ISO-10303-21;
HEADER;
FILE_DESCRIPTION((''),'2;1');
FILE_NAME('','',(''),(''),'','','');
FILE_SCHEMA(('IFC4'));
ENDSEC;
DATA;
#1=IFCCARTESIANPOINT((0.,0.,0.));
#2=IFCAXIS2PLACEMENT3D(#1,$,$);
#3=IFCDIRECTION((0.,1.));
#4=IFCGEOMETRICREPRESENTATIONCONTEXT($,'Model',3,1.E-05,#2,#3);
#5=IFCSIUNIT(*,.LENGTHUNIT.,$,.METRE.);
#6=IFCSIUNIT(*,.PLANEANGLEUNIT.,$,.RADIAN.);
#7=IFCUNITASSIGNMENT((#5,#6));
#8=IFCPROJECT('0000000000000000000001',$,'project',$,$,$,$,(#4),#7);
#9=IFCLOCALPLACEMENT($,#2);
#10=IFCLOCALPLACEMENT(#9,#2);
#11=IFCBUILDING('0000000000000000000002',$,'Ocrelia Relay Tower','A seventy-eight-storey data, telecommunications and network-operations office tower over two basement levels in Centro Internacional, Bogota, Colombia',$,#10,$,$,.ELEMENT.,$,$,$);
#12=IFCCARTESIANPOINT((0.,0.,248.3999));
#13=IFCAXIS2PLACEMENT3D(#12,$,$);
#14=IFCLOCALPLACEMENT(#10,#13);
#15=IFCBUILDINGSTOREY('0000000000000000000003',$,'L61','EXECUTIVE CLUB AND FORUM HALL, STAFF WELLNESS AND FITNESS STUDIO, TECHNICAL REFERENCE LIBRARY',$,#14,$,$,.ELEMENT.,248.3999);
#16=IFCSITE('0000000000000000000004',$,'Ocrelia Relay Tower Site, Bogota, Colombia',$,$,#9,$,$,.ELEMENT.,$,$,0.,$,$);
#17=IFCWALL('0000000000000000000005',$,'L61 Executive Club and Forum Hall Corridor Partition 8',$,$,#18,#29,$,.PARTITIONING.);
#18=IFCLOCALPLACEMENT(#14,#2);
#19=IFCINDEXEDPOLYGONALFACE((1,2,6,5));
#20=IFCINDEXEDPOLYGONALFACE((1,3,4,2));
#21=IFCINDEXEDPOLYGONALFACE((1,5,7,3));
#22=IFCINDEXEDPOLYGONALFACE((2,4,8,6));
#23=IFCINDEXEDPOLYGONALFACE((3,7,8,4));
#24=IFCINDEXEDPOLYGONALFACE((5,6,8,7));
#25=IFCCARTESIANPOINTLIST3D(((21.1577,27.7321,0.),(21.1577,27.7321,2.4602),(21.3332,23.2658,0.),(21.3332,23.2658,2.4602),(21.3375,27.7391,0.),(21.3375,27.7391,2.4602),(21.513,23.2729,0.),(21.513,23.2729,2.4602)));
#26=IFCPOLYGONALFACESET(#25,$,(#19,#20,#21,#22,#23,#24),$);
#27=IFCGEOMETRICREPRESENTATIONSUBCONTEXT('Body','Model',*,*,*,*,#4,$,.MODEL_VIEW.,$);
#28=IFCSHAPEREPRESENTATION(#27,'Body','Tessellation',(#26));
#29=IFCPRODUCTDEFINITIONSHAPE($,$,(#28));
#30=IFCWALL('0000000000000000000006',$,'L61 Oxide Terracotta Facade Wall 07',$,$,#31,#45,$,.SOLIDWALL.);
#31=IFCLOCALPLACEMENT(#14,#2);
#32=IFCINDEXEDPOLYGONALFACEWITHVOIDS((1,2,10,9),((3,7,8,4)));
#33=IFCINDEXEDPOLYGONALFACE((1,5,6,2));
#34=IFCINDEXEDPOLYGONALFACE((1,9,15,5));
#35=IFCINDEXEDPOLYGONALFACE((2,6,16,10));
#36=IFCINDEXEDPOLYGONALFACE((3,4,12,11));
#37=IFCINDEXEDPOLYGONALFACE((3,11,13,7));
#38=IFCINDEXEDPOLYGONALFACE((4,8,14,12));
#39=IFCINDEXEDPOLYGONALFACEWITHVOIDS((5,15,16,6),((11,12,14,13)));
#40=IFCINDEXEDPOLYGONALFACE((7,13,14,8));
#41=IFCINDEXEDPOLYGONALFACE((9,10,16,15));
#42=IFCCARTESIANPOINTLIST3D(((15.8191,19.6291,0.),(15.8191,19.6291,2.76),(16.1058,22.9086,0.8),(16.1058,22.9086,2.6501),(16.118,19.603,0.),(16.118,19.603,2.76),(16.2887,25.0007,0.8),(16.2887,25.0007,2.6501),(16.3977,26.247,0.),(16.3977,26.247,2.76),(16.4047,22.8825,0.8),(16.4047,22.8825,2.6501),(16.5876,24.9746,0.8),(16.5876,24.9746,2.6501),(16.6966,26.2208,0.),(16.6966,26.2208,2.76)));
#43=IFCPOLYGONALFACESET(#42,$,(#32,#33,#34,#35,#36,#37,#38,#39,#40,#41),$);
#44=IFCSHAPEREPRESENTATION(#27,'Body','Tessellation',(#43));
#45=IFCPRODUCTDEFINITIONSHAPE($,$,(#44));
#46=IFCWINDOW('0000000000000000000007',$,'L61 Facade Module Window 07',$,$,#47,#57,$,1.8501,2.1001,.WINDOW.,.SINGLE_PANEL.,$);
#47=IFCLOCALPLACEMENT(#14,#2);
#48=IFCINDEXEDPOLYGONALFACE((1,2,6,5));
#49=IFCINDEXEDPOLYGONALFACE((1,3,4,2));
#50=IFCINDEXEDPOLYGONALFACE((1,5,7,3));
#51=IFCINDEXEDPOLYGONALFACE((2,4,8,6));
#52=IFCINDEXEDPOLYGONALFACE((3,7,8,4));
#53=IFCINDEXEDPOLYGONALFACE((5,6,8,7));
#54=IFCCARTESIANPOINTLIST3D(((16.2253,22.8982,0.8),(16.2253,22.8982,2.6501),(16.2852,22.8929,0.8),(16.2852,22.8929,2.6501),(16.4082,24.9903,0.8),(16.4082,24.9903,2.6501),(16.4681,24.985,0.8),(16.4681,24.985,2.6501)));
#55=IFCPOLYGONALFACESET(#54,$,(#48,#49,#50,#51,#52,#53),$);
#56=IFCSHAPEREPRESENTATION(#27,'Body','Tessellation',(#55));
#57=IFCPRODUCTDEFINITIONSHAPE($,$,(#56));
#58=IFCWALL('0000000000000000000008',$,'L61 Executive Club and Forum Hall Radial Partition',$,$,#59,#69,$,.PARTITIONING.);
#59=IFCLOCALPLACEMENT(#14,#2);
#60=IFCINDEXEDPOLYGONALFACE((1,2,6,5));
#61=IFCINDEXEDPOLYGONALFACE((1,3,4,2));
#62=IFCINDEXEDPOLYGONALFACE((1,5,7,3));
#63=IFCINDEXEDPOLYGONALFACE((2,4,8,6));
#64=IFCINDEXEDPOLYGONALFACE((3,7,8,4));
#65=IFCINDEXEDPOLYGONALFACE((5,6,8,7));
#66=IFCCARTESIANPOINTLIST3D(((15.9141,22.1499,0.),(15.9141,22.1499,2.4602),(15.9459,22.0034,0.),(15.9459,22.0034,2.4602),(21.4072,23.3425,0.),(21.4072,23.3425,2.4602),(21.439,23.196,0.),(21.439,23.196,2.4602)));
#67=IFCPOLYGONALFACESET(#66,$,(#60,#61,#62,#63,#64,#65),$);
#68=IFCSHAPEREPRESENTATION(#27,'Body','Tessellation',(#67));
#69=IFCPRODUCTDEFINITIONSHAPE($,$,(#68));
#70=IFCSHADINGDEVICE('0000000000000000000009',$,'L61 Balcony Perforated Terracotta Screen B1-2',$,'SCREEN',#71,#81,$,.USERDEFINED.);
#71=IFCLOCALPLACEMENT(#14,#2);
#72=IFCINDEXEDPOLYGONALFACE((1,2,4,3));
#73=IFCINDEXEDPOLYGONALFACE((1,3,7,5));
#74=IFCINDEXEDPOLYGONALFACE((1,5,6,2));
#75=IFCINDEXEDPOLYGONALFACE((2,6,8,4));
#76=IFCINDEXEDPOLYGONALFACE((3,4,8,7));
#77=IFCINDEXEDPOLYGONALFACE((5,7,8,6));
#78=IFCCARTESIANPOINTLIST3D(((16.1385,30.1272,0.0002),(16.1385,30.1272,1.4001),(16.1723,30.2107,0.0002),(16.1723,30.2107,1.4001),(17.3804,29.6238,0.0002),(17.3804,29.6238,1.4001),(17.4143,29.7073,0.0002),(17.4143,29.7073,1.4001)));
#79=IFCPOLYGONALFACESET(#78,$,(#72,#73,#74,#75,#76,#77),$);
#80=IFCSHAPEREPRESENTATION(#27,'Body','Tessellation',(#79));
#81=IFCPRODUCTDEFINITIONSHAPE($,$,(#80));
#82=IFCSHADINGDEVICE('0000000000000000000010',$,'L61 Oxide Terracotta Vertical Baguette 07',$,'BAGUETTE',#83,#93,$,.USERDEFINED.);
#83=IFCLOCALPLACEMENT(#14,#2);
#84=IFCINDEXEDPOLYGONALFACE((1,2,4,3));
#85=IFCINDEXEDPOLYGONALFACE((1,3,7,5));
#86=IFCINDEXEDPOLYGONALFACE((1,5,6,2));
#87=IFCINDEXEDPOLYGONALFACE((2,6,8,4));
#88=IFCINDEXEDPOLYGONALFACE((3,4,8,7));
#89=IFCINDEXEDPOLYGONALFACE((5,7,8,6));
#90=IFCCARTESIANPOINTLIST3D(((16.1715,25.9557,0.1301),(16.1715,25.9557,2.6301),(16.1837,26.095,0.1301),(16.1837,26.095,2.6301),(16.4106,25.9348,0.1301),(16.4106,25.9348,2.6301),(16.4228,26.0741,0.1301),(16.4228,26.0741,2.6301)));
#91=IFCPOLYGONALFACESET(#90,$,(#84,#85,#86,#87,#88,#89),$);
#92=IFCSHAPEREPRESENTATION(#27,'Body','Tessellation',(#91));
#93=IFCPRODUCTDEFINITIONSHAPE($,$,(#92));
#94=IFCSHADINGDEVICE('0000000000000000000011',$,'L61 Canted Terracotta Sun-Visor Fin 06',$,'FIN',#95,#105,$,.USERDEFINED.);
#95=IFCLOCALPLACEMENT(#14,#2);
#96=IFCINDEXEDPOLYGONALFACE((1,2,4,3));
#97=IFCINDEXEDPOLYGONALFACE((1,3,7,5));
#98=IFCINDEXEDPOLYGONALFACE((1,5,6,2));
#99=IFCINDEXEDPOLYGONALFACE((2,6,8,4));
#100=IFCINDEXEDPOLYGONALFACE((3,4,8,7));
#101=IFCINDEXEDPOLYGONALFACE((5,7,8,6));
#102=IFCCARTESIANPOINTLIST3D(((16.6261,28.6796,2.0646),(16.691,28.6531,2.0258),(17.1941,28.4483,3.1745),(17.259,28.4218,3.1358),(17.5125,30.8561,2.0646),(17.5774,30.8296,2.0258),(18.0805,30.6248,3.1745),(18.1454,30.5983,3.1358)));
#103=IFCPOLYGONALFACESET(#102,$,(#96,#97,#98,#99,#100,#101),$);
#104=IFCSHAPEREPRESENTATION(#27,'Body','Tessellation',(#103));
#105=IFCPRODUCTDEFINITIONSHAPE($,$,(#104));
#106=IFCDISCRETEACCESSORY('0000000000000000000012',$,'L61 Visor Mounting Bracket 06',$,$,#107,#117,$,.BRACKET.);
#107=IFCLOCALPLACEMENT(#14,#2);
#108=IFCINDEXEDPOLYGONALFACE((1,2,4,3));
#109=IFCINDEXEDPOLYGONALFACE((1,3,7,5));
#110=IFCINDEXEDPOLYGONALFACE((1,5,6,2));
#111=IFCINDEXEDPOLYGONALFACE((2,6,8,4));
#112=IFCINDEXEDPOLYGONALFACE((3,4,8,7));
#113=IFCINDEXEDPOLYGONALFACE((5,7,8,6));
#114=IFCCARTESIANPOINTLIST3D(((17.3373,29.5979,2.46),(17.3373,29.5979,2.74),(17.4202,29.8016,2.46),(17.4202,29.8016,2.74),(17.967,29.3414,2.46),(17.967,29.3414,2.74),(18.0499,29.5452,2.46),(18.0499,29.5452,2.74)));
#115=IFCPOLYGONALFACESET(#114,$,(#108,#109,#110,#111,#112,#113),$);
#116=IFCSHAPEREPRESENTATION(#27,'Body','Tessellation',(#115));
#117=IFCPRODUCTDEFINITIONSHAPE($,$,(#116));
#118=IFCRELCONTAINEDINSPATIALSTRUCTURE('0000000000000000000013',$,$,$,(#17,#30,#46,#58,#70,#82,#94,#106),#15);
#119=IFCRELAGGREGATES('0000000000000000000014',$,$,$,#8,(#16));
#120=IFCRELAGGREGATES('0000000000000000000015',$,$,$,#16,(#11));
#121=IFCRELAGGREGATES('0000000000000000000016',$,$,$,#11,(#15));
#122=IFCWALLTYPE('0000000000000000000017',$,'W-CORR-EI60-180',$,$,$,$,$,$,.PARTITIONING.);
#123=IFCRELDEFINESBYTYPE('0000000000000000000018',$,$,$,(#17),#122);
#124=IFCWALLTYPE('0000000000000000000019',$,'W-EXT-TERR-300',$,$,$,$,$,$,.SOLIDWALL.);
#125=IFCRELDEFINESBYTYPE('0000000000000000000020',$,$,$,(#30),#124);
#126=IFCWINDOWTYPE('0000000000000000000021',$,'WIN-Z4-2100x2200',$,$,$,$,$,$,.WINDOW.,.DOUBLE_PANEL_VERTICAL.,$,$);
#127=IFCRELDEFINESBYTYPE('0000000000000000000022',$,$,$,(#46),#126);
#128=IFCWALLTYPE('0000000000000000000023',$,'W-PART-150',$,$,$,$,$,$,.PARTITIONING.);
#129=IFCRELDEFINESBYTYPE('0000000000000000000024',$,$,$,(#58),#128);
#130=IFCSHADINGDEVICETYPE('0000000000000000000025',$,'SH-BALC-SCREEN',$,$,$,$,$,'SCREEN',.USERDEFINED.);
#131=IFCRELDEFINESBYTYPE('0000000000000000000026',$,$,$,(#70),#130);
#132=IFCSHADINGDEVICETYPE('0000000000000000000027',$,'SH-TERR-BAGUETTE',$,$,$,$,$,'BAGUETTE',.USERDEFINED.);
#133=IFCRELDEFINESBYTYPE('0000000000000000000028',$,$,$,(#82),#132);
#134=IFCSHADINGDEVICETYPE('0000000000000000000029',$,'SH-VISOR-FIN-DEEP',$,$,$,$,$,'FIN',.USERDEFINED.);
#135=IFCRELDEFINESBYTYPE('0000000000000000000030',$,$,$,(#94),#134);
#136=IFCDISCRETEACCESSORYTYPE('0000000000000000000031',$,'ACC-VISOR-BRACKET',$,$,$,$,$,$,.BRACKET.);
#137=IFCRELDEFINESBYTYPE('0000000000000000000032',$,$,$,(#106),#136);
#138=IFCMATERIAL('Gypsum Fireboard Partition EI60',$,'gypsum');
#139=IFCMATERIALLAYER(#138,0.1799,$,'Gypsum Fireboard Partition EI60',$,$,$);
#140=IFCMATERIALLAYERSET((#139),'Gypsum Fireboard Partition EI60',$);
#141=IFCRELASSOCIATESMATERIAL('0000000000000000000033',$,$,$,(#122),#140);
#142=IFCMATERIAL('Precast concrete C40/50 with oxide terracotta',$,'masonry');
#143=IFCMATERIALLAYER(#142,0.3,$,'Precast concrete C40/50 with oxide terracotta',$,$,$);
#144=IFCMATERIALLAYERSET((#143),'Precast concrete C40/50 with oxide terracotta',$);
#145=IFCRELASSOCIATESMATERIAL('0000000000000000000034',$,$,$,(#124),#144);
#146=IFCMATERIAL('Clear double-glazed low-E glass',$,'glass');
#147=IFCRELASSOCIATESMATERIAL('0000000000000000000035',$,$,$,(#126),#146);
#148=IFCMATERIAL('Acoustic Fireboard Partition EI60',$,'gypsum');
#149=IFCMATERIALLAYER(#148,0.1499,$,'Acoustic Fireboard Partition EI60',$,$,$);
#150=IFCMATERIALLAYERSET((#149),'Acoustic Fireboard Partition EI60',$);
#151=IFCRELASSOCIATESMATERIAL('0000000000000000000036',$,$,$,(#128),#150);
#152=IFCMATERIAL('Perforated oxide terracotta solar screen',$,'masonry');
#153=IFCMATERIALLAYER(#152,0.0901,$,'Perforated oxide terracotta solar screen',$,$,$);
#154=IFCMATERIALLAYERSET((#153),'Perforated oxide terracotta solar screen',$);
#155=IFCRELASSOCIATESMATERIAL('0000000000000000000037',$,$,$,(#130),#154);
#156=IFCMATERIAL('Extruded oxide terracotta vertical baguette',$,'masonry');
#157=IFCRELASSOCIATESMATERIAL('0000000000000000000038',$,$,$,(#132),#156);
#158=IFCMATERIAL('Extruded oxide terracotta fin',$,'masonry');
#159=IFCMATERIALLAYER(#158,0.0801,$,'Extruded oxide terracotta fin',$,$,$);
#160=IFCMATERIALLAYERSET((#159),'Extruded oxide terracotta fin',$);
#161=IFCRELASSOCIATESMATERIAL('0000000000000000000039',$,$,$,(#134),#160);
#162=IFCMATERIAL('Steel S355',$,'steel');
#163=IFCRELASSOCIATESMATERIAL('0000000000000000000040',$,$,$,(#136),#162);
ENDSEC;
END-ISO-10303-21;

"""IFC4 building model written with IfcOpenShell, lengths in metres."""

from ifc_helpers import new_model, si_unit, direction, frame, frame_2d, origin, origin_2d, place, context, subcontext, project, spatial, rectangle, extrude, material, layer, layer_set, type_object, element, fill, save


model = new_model("IFC4")

# Units and contexts
model_context = context("Model", 3, precision=1e-05, world=origin(), true_north=direction((0.0, 1.0)))
body_context = subcontext(model_context, "Body", "Model", "MODEL_VIEW")
ifc_project = project(units=[si_unit("LENGTHUNIT", "METRE"), si_unit("PLANEANGLEUNIT", "RADIAN")], contexts=[model_context])

# Site, building, storey
site_placement = place(None, origin())
site = spatial("IfcSite", under=ifc_project, at=site_placement, Name="Ocrelia Relay Tower Site, Bogota, Colombia", CompositionType="ELEMENT", RefElevation=0.0)
building_placement = place(site_placement, origin())
building = spatial("IfcBuilding", under=site, at=building_placement, Name="Ocrelia Relay Tower", Description="A seventy-eight-storey data, telecommunications and network-operations office tower over two basement levels in Centro Internacional, Bogota, Colombia", CompositionType="ELEMENT")
storey_placement = place(building_placement, frame((0.0, 0.0, 248.3999)))
storey = spatial("IfcBuildingStorey", under=building, at=storey_placement, Name="L61", Description="EXECUTIVE CLUB AND FORUM HALL, STAFF WELLNESS AND FITNESS STUDIO, TECHNICAL REFERENCE LIBRARY", CompositionType="ELEMENT", Elevation=248.3999)

# Shared definitions
ifc_material_1 = material(Name="Steel S355", Category="steel")

# Wall
ifc_material_2 = material(Name="Gypsum Fireboard Partition EI60", Category="gypsum")
ifc_layer_1 = layer(ifc_material_2, 0.1799, Name="Gypsum Fireboard Partition EI60")
ifc_layer_set_1 = layer_set([ifc_layer_1], Name="Gypsum Fireboard Partition EI60")
wall_type_1 = type_object("IfcWallType", Name="W-CORR-EI60-180", PredefinedType="PARTITIONING", material=ifc_layer_set_1)
wall_1_placement = place(storey_placement, frame((21.2476, 27.7356, 0.0), z_axis=(0.0, 0.0, 1.0), x_axis=(0.039272, -0.999229, 0.0)))
element("IfcWall", 1, at=wall_1_placement, inside=storey, type_object=wall_type_1, Name="L61 Executive Club and Forum Hall Corridor Partition 8", PredefinedType="PARTITIONING", context=body_context, shape_type="SweptSolid", body=[
    extrude(rectangle(XDim=4.4697, YDim=0.1799, at=frame_2d((2.2349, 0.0))), origin(), (0.0, 0.0, 1.0), 2.4602),
])

# Wall, opening, window
ifc_material_3 = material(Name="Precast concrete C40/50 with oxide terracotta", Category="masonry")
ifc_layer_2 = layer(ifc_material_3, 0.3, Name="Precast concrete C40/50 with oxide terracotta")
ifc_layer_set_2 = layer_set([ifc_layer_2], Name="Precast concrete C40/50 with oxide terracotta")
wall_type_2 = type_object("IfcWallType", Name="W-EXT-TERR-300", PredefinedType="SOLIDWALL", material=ifc_layer_set_2)
wall_2_placement = place(storey_placement, frame((16.5471, 26.2339, 0.0), z_axis=(0.0, 0.0, 1.0), x_axis=(-0.087099, -0.9962, 0.0)))
wall_2 = element("IfcWall", 2, at=wall_2_placement, inside=storey, type_object=wall_type_2, Name="L61 Oxide Terracotta Facade Wall 07", PredefinedType="SOLIDWALL", context=body_context, shape_type="SweptSolid", body=[
    extrude(rectangle(XDim=6.6431, YDim=0.3, at=frame_2d((3.3215, 0.0))), origin(), (0.0, 0.0, 1.0), 2.76),
])
opening_1_placement = place(wall_2_placement, frame((1.251, 0.0, 0.8)))
opening_1 = element("IfcOpeningElement", 3, at=opening_1_placement, cuts=wall_2, PredefinedType="OPENING", context=body_context, shape_type="SweptSolid", body=[
    extrude(rectangle(XDim=2.1001, YDim=1.8501, at=frame_2d((1.05, 0.925))), frame((0.0, 0.1602, 0.0), z_axis=(0.0, -1.0, 0.0), x_axis=(1.0, 0.0, 0.0)), (0.0, 0.0, 1.0), 0.3201),
])
ifc_material_4 = material(Name="Clear double-glazed low-E glass", Category="glass")
window_type = type_object("IfcWindowType", Name="WIN-Z4-2100x2200", PartitioningType="DOUBLE_PANEL_VERTICAL", PredefinedType="WINDOW", material=ifc_material_4)
window_placement = place(opening_1_placement, origin())
window = element("IfcWindow", 4, at=window_placement, inside=storey, type_object=window_type, Name="L61 Facade Module Window 07", OverallHeight=1.8501, OverallWidth=2.1001, PartitioningType="SINGLE_PANEL", PredefinedType="WINDOW", context=body_context, shape_type="SweptSolid", body=[
    extrude(rectangle(XDim=2.1001, YDim=1.8501, at=frame_2d((1.05, 0.925))), frame((0.0, 0.03, 0.0), z_axis=(0.0, -1.0, 0.0), x_axis=(1.0, 0.0, 0.0)), (0.0, 0.0, 1.0), 0.0601),
])
fill(opening_1, window)

# Wall
ifc_material_5 = material(Name="Acoustic Fireboard Partition EI60", Category="gypsum")
ifc_layer_3 = layer(ifc_material_5, 0.1499, Name="Acoustic Fireboard Partition EI60")
ifc_layer_set_3 = layer_set([ifc_layer_3], Name="Acoustic Fireboard Partition EI60")
wall_type_3 = type_object("IfcWallType", Name="W-PART-150", PredefinedType="PARTITIONING", material=ifc_layer_set_3)
wall_3_placement = place(storey_placement, frame((21.4231, 23.2693, 0.0), z_axis=(0.0, 0.0, 1.0), x_axis=(-0.977233, -0.212168, 0.0)))
element("IfcWall", 5, at=wall_3_placement, inside=storey, type_object=wall_type_3, Name="L61 Executive Club and Forum Hall Radial Partition", PredefinedType="PARTITIONING", context=body_context, shape_type="SweptSolid", body=[
    extrude(rectangle(XDim=5.6211, YDim=0.1499, at=frame_2d((2.8105, 0.0))), origin(), (0.0, 0.0, 1.0), 2.4602),
])

# Shading devices
ifc_material_6 = material(Name="Perforated oxide terracotta solar screen", Category="masonry")
ifc_layer_4 = layer(ifc_material_6, 0.0901, Name="Perforated oxide terracotta solar screen")
ifc_layer_set_4 = layer_set([ifc_layer_4], Name="Perforated oxide terracotta solar screen")
shading_device_type_1 = type_object("IfcShadingDeviceType", Name="SH-BALC-SCREEN", ElementType="SCREEN", PredefinedType="USERDEFINED", material=ifc_layer_set_4)
shading_device_1_placement = place(storey_placement, frame((16.7764, 29.9172, 0.0002), z_axis=(0.0, 0.0, 1.0), x_axis=(-0.926749, 0.37568, 0.0)))
element("IfcShadingDevice", 6, at=shading_device_1_placement, inside=storey, type_object=shading_device_type_1, Name="L61 Balcony Perforated Terracotta Screen B1-2", ObjectType="SCREEN", PredefinedType="USERDEFINED", context=body_context, shape_type="SweptSolid", body=[
    extrude(rectangle(XDim=1.3401, YDim=0.0901, at=origin_2d()), origin(), (0.0, 0.0, 1.0), 1.3999),
])
ifc_material_7 = material(Name="Extruded oxide terracotta vertical baguette", Category="masonry")
shading_device_type_2 = type_object("IfcShadingDeviceType", Name="SH-TERR-BAGUETTE", ElementType="BAGUETTE", PredefinedType="USERDEFINED", material=ifc_material_7)
shading_device_2_placement = place(storey_placement, frame((16.2971, 26.0149, 0.1301), z_axis=(0.0, 0.0, 1.0), x_axis=(-0.087097, -0.9962, 0.0)))
element("IfcShadingDevice", 7, at=shading_device_2_placement, inside=storey, type_object=shading_device_type_2, Name="L61 Oxide Terracotta Vertical Baguette 07", ObjectType="BAGUETTE", PredefinedType="USERDEFINED", context=body_context, shape_type="SweptSolid", body=[
    extrude(rectangle(XDim=0.1399, YDim=0.24, at=origin_2d()), origin(), (0.0, 0.0, 1.0), 2.5),
])
ifc_material_8 = material(Name="Extruded oxide terracotta fin", Category="masonry")
ifc_layer_5 = layer(ifc_material_8, 0.0801, Name="Extruded oxide terracotta fin")
ifc_layer_set_5 = layer_set([ifc_layer_5], Name="Extruded oxide terracotta fin")
shading_device_type_3 = type_object("IfcShadingDeviceType", Name="SH-VISOR-FIN-DEEP", ElementType="FIN", PredefinedType="USERDEFINED", material=ifc_layer_set_5)
shading_device_3_placement = place(storey_placement, frame((17.4182, 29.6257, 2.5808), z_axis=(-0.810647, 0.330142, 0.483588), x_axis=(-0.377177, -0.926141, 0.0)))
element("IfcShadingDevice", 8, at=shading_device_3_placement, inside=storey, type_object=shading_device_type_3, Name="L61 Canted Terracotta Sun-Visor Fin 06", ObjectType="FIN", PredefinedType="USERDEFINED", context=body_context, shape_type="SweptSolid", body=[
    extrude(rectangle(XDim=2.3501, YDim=1.2681, at=origin_2d()), origin(), (0.0, 0.0, 1.0), 0.0801),
])

# Discrete accessory
discrete_accessory_type = type_object("IfcDiscreteAccessoryType", Name="ACC-VISOR-BRACKET", PredefinedType="BRACKET", material=ifc_material_1)
discrete_accessory_placement = place(storey_placement, frame((17.6936, 29.5715, 2.46), z_axis=(0.0, 0.0, 1.0), x_axis=(-0.377177, -0.926141, 0.0)))
element("IfcDiscreteAccessory", 9, at=discrete_accessory_placement, inside=storey, type_object=discrete_accessory_type, Name="L61 Visor Mounting Bracket 06", PredefinedType="BRACKET", context=body_context, shape_type="SweptSolid", body=[
    extrude(rectangle(XDim=0.22, YDim=0.6799, at=origin_2d()), origin(), (0.0, 0.0, 1.0), 0.28),
])

save(model, "model.ifc")
